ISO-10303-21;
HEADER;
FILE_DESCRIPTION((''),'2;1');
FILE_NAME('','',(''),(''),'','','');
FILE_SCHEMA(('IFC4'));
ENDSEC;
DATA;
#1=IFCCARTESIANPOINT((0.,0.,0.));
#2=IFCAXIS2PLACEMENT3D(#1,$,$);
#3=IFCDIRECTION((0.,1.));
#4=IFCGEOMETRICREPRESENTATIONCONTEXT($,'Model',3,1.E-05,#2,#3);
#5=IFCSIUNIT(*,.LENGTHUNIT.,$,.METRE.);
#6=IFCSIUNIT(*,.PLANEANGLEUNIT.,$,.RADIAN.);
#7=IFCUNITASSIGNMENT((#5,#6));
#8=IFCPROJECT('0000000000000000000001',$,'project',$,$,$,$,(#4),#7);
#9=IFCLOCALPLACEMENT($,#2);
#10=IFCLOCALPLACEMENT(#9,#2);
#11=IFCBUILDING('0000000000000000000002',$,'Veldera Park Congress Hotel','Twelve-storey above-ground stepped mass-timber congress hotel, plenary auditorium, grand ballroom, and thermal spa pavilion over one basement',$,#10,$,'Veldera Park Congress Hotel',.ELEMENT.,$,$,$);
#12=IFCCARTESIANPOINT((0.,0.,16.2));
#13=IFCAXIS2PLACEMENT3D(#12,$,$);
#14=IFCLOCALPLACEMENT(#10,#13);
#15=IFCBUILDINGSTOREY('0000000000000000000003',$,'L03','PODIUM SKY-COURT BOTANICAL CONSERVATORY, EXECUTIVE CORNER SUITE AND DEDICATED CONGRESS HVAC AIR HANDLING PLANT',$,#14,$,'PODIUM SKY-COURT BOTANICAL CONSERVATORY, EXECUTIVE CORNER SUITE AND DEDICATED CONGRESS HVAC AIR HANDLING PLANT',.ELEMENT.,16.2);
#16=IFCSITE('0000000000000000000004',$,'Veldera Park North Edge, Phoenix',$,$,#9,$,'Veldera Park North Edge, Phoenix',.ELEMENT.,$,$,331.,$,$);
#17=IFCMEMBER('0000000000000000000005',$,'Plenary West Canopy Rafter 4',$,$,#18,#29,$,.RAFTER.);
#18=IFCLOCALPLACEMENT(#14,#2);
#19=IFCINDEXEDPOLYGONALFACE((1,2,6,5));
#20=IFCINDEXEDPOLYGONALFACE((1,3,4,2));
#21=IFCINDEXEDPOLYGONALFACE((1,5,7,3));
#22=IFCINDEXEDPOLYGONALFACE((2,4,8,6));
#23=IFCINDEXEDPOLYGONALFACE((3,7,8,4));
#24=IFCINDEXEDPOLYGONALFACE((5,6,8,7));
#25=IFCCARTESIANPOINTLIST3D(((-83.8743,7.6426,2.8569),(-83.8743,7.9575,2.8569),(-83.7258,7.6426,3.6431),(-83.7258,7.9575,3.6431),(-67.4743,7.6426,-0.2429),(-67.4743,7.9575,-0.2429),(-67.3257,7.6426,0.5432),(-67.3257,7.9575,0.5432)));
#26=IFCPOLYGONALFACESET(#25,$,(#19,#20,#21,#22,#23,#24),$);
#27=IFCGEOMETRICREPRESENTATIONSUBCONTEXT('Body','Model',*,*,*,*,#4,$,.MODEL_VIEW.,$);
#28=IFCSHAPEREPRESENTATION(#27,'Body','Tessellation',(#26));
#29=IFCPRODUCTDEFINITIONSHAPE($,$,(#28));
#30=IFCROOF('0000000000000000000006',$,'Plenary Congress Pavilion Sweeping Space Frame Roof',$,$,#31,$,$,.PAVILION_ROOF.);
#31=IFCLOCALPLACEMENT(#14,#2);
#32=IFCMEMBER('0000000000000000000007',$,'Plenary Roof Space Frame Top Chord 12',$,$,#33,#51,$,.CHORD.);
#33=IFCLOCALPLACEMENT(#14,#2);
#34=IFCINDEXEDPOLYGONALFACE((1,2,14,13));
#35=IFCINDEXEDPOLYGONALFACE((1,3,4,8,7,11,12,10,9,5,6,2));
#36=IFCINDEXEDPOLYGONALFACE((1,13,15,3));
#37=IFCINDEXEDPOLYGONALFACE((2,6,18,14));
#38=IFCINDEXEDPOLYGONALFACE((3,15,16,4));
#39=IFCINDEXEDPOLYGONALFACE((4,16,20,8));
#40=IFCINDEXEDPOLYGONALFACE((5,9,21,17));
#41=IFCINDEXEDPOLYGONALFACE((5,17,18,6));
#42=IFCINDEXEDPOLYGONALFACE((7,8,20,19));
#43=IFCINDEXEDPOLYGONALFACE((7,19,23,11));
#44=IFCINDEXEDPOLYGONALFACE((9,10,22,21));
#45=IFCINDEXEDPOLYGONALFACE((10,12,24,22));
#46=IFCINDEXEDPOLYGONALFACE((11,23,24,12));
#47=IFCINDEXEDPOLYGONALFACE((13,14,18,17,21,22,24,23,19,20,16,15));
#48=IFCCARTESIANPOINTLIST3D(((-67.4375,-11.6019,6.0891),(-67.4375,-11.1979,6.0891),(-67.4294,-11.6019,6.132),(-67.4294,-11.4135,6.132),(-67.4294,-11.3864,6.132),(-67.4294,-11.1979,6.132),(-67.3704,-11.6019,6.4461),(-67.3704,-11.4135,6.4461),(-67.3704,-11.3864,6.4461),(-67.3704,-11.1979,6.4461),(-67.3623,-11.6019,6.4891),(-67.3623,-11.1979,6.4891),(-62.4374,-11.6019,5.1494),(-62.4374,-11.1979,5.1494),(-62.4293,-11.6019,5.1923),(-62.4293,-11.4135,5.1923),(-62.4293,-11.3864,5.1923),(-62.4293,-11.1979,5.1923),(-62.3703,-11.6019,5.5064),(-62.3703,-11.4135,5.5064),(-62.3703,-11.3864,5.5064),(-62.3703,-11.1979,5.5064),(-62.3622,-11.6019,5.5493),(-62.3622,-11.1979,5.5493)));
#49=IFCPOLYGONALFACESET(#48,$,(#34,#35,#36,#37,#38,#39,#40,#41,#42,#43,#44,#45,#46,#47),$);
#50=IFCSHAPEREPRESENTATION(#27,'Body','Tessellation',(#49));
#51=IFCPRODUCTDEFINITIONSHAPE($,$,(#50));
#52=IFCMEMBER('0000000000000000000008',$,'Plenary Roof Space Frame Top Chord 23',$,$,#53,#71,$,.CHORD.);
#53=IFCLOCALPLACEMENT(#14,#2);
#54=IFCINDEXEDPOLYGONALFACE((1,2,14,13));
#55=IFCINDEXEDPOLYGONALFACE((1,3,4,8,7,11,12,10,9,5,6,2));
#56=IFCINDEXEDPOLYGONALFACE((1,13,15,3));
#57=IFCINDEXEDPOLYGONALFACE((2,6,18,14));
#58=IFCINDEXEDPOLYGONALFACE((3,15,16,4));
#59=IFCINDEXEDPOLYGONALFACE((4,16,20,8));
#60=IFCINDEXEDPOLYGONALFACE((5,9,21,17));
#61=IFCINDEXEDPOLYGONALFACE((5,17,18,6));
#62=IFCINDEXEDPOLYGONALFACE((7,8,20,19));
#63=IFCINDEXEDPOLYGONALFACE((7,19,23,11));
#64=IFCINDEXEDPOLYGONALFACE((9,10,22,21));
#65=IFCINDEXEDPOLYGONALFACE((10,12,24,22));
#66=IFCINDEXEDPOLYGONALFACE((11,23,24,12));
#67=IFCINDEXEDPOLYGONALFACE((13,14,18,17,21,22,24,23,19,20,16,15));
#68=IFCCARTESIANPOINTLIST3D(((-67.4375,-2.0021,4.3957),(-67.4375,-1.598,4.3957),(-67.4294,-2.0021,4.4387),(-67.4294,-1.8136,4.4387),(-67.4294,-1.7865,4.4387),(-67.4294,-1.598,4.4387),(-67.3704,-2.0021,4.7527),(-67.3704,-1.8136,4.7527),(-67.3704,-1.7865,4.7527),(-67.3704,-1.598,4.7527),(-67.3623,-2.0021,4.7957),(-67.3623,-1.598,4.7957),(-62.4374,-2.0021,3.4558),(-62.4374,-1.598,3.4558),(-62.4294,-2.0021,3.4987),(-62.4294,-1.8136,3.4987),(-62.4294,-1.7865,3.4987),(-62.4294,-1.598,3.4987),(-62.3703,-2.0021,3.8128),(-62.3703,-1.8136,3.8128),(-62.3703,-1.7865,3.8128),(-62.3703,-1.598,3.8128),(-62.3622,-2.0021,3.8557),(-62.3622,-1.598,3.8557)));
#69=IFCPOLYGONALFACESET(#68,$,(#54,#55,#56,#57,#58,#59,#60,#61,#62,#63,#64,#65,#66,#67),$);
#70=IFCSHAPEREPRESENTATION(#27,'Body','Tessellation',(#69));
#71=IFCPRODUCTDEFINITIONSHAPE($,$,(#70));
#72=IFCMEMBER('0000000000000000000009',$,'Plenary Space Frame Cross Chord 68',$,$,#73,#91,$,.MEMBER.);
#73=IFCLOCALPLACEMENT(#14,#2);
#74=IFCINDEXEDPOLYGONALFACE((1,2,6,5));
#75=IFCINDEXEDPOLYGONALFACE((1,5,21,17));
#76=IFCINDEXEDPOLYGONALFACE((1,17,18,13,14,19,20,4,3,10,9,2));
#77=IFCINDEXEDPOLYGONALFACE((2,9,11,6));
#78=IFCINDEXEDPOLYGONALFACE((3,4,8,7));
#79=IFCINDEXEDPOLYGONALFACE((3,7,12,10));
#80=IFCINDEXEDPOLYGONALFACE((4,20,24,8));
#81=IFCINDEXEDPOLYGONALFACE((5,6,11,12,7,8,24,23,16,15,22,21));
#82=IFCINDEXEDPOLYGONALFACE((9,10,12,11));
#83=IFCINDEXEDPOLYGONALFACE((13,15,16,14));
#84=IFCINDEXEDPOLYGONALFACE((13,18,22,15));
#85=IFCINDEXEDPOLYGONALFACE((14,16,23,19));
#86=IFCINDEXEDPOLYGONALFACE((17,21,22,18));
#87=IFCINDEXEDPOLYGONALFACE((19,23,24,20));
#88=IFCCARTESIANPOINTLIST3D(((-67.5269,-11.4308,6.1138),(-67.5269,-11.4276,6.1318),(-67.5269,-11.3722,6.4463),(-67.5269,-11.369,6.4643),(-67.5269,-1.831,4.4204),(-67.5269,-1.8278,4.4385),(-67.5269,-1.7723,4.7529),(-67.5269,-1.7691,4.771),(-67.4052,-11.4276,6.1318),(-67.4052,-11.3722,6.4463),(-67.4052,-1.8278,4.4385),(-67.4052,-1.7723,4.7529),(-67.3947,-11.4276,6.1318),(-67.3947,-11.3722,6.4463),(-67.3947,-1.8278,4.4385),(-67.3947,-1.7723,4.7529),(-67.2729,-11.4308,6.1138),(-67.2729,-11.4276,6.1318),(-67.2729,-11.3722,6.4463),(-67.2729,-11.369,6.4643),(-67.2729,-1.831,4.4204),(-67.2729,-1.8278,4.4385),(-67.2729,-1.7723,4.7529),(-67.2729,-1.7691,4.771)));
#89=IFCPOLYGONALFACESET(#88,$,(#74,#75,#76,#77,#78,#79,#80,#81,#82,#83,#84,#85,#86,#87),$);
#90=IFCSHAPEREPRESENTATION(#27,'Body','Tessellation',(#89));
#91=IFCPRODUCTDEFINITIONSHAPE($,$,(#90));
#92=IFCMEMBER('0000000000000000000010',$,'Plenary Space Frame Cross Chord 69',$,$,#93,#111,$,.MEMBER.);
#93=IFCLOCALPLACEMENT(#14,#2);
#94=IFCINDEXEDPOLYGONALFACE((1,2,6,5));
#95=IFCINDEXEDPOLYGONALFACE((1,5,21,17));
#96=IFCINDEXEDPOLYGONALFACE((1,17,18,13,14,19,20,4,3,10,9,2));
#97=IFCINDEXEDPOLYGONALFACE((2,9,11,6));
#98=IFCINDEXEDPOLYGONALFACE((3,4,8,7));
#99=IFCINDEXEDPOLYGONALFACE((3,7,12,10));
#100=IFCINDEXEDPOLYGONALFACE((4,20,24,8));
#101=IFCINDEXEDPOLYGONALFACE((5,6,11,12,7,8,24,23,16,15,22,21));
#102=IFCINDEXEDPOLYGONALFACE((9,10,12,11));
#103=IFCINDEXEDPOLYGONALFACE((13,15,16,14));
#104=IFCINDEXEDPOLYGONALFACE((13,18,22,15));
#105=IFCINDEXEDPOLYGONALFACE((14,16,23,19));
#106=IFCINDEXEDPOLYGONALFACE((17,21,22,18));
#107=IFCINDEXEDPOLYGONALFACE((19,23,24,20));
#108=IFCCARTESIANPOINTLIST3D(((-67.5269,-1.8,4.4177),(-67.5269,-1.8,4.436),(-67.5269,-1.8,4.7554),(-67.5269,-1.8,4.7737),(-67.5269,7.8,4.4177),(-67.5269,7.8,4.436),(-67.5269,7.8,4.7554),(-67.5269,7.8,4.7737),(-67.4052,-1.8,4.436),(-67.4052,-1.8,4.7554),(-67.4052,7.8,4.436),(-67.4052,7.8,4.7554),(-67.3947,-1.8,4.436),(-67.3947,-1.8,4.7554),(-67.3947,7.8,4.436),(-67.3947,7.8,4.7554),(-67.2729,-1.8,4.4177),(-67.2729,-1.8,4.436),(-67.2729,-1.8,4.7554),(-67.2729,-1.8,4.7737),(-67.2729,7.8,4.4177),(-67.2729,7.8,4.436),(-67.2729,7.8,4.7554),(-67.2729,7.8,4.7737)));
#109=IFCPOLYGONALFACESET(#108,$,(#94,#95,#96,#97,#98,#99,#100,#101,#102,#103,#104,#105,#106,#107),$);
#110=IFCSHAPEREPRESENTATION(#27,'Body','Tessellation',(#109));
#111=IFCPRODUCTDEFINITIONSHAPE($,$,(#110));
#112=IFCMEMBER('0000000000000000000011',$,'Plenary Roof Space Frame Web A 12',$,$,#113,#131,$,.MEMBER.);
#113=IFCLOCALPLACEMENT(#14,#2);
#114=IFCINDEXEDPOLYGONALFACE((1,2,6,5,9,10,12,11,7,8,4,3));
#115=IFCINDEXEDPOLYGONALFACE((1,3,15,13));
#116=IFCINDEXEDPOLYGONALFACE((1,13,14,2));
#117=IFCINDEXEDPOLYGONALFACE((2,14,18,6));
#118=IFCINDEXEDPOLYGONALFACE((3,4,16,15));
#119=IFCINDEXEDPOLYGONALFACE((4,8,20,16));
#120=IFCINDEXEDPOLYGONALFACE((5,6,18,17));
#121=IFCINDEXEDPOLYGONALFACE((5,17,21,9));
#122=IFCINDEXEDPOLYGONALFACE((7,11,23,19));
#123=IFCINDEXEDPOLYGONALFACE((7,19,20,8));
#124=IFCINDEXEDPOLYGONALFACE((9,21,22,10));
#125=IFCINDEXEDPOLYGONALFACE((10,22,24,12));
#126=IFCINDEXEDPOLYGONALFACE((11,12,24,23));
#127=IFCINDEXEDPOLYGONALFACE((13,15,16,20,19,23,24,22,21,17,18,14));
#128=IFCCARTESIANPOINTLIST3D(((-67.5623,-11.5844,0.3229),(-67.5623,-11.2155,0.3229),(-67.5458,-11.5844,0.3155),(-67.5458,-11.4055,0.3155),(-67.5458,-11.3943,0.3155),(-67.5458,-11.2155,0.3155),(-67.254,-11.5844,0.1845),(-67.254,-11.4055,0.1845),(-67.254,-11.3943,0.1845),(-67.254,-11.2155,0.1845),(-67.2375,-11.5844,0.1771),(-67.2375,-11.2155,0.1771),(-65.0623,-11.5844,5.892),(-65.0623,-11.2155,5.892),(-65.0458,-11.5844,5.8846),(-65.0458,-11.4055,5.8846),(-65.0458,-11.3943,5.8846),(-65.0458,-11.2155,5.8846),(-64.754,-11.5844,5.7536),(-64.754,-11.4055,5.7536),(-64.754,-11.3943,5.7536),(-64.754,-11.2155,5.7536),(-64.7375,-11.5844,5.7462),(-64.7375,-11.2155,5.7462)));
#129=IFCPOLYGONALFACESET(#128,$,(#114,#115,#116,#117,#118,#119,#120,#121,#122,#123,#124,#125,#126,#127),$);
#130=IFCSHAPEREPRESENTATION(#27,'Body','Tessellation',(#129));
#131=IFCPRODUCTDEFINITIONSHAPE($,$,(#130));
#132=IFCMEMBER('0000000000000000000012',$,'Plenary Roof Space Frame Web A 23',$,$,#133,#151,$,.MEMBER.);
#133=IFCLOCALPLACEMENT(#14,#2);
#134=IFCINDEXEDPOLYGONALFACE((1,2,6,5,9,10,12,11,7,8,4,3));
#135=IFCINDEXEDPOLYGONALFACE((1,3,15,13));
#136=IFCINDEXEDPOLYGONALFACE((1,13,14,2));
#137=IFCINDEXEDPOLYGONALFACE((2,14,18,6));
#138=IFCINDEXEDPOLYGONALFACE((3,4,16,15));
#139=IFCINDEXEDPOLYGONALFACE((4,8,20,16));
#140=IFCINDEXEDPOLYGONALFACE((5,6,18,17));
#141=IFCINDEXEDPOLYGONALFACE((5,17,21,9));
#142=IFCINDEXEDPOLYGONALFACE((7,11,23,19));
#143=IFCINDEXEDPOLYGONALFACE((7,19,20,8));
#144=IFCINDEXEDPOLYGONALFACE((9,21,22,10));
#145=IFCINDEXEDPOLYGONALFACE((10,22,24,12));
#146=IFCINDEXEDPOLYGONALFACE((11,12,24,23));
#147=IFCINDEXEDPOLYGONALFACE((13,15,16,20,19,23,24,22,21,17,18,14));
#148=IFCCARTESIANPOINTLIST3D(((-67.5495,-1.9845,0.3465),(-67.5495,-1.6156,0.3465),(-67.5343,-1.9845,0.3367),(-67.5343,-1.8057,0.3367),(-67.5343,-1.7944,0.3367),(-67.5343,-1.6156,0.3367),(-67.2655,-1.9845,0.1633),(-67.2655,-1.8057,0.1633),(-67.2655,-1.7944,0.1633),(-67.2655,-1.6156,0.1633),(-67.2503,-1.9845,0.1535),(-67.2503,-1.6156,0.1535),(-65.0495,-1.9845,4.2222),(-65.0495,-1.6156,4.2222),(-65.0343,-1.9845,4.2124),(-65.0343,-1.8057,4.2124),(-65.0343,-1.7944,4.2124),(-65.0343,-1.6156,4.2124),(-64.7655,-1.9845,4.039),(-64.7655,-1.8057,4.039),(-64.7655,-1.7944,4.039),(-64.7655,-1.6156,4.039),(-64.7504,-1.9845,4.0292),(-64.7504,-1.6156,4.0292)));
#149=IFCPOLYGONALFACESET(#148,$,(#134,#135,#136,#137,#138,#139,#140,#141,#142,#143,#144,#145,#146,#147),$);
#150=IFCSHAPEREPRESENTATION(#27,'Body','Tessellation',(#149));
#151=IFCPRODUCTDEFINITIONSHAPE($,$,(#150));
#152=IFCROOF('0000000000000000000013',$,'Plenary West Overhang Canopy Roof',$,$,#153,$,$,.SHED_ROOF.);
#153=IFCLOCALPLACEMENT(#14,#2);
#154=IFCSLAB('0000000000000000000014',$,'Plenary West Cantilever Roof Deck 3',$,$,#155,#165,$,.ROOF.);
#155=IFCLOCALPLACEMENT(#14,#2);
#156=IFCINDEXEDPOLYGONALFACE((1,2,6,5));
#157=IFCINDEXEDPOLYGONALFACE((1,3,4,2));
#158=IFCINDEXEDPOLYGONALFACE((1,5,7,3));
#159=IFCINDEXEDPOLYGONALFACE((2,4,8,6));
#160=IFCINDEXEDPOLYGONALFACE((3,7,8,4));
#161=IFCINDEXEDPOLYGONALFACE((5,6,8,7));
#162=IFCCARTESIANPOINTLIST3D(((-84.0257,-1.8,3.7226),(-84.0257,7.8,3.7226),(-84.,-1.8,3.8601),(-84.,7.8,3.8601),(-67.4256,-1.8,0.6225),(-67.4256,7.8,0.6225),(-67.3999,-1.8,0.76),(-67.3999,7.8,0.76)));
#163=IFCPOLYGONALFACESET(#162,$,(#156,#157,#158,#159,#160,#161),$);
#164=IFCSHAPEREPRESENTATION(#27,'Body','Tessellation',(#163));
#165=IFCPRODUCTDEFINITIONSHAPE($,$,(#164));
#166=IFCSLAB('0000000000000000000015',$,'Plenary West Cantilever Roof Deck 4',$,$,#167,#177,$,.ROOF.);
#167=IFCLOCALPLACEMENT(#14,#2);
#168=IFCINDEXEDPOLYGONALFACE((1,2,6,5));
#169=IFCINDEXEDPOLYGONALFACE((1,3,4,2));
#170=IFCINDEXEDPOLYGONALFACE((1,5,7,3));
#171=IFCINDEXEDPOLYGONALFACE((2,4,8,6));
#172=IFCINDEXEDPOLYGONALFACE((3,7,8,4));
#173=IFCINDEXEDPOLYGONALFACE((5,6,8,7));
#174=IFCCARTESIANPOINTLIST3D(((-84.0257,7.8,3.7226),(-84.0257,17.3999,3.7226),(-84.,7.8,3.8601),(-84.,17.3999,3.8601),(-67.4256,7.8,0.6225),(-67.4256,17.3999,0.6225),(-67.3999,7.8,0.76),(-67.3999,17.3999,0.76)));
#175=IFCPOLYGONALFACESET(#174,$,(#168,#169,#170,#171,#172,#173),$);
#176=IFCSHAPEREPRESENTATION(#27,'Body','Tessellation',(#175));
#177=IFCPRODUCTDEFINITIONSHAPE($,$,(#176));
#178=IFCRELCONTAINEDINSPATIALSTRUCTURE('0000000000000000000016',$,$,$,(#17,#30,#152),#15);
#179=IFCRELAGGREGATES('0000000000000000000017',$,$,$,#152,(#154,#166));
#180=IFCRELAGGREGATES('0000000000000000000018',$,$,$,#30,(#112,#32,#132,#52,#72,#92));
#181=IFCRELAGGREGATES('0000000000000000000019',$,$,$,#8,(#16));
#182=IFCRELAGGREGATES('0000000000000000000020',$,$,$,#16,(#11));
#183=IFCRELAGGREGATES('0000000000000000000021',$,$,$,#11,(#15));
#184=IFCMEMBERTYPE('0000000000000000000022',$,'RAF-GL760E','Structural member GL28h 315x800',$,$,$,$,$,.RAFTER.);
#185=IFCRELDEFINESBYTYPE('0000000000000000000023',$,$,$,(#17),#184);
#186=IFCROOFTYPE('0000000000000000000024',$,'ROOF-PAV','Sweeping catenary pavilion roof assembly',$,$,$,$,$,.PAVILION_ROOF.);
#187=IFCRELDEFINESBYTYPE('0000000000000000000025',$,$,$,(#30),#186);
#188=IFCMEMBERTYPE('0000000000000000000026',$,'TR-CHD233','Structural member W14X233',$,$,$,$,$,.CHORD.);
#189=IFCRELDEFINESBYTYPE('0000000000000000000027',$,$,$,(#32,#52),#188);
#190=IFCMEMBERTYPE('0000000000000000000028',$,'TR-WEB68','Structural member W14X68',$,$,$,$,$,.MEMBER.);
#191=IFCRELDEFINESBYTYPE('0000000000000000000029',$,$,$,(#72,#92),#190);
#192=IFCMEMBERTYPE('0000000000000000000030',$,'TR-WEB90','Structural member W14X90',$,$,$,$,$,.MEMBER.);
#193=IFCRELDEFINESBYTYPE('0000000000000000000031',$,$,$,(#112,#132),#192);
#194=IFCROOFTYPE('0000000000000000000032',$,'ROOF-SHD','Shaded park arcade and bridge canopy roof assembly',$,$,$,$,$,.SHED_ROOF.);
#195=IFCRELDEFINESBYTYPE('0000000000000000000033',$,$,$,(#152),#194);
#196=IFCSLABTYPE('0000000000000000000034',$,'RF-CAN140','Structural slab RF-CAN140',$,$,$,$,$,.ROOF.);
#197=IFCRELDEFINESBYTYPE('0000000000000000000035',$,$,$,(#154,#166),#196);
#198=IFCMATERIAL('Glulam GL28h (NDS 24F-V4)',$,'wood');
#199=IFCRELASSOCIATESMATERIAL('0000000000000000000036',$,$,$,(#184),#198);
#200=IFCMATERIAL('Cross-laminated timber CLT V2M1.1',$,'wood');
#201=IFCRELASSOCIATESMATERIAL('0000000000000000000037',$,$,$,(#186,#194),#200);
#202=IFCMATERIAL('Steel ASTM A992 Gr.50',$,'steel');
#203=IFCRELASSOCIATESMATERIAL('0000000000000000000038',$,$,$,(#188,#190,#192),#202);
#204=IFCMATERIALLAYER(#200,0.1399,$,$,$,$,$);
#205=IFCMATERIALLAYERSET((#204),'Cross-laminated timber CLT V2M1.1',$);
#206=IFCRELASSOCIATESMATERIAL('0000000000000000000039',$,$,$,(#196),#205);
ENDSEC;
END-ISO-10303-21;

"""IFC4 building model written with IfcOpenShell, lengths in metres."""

from ifc_helpers import new_model, si_unit, direction, frame, origin, origin_2d, place, context, subcontext, project, spatial, polyline, rectangle, i_section, outline, extrude, material, layer, layer_set, material_profile, profile_set, type_object, element, aggregate, save


model = new_model("IFC4")

# Units and contexts
model_context = context("Model", 3, precision=1e-05, world=origin(), true_north=direction((0.0, 1.0)))
body_context = subcontext(model_context, "Body", "Model", "MODEL_VIEW")
ifc_project = project(units=[si_unit("LENGTHUNIT", "METRE"), si_unit("PLANEANGLEUNIT", "RADIAN")], contexts=[model_context])

# Site, building, storey
site_placement = place(None, origin())
site = spatial("IfcSite", under=ifc_project, at=site_placement, Name="Veldera Park North Edge, Phoenix", LongName="Veldera Park North Edge, Phoenix", CompositionType="ELEMENT", RefElevation=331.0)
building_placement = place(site_placement, origin())
building = spatial("IfcBuilding", under=site, at=building_placement, Name="Veldera Park Congress Hotel", Description="Twelve-storey above-ground stepped mass-timber congress hotel, plenary auditorium, grand ballroom, and thermal spa pavilion over one basement", LongName="Veldera Park Congress Hotel", CompositionType="ELEMENT")
storey_placement = place(building_placement, frame((0.0, 0.0, 16.2)))
storey = spatial("IfcBuildingStorey", under=building, at=storey_placement, Name="L03", Description="PODIUM SKY-COURT BOTANICAL CONSERVATORY, EXECUTIVE CORNER SUITE AND DEDICATED CONGRESS HVAC AIR HANDLING PLANT", LongName="PODIUM SKY-COURT BOTANICAL CONSERVATORY, EXECUTIVE CORNER SUITE AND DEDICATED CONGRESS HVAC AIR HANDLING PLANT", CompositionType="ELEMENT", Elevation=16.2)

# Shared definitions
ifc_material_1 = material(Name="Steel ASTM A992 Gr.50", Category="steel")

# Member
ifc_material_2 = material(Name="Glulam GL28h (NDS 24F-V4)", Category="wood")
ifc_material_profile_1 = material_profile(ifc_material_2, rectangle(XDim=0.3149, YDim=0.8, at=origin_2d()), Name="GL28h 315x800")
ifc_profile_set_1 = profile_set([ifc_material_profile_1], Name="Glulam GL28h (NDS 24F-V4)")
member_type_1 = type_object("IfcMemberType", Name="RAF-GL760E", Description="Structural member GL28h 315x800", PredefinedType="RAFTER", material=ifc_profile_set_1)
for number, where, z_axis, x_axis, name in (
    (1, (-83.8, 7.8, 3.25), (0.982602, 0.0, -0.185725), (0.0, 1.0, 0.0), "Plenary West Canopy Rafter 4"),
):
    element("IfcMember", number, at=place(storey_placement, frame(where, z_axis=z_axis, x_axis=x_axis)), inside=storey, type_object=member_type_1, Name=name, PredefinedType="RAFTER", context=body_context, shape_type="SweptSolid", body=[
        extrude(rectangle(XDim=0.3149, YDim=0.8, at=origin_2d()), origin(), (0.0, 0.0, 1.0), 16.6904),
    ])

# Roof, members
ifc_material_3 = material(Name="Cross-laminated timber CLT V2M1.1", Category="wood")
roof_type_1 = type_object("IfcRoofType", Name="ROOF-PAV", Description="Sweeping catenary pavilion roof assembly", PredefinedType="PAVILION_ROOF", material=ifc_material_3)
roof_1_placement = place(storey_placement, origin())
roof_1 = element("IfcRoof", 2, at=roof_1_placement, inside=storey, type_object=roof_type_1, Name="Plenary Congress Pavilion Sweeping Space Frame Roof", PredefinedType="PAVILION_ROOF")
ifc_material_profile_2 = material_profile(ifc_material_1, i_section(OverallWidth=0.4041, OverallDepth=0.407, WebThickness=0.0271, FlangeThickness=0.0437, at=origin_2d()), Name="W14X233")
ifc_profile_set_2 = profile_set([ifc_material_profile_2], Name="Steel ASTM A992 Gr.50")
member_type_2 = type_object("IfcMemberType", Name="TR-CHD233", Description="Structural member W14X233", PredefinedType="CHORD", material=ifc_profile_set_2)
member_1_placement = place(storey_placement, frame((-67.3999, -11.3999, 6.2891), z_axis=(0.982794, 0.0, -0.184706), x_axis=(0.0, 1.0, 0.0)))
member_1 = element("IfcMember", 3, at=member_1_placement, type_object=member_type_2, Name="Plenary Roof Space Frame Top Chord 12", PredefinedType="CHORD", context=body_context, shape_type="SweptSolid", body=[
    extrude(i_section(OverallWidth=0.4041, OverallDepth=0.407, WebThickness=0.0271, FlangeThickness=0.0437, at=origin_2d()), origin(), (0.0, 0.0, 1.0), 5.0876),
])
member_2_placement = place(storey_placement, frame((-67.3999, -1.8, 4.5957), z_axis=(0.982785, 0.0, -0.184752), x_axis=(0.0, 1.0, 0.0)))
member_2 = element("IfcMember", 4, at=member_2_placement, type_object=member_type_2, Name="Plenary Roof Space Frame Top Chord 23", PredefinedType="CHORD", context=body_context, shape_type="SweptSolid", body=[
    extrude(i_section(OverallWidth=0.4041, OverallDepth=0.407, WebThickness=0.0271, FlangeThickness=0.0437, at=origin_2d()), origin(), (0.0, 0.0, 1.0), 5.0876),
])
ifc_material_profile_3 = material_profile(ifc_material_1, i_section(OverallWidth=0.2539, OverallDepth=0.356, WebThickness=0.0105, FlangeThickness=0.0183, at=origin_2d()), Name="W14X68")
ifc_profile_set_3 = profile_set([ifc_material_profile_3], Name="Steel ASTM A992 Gr.50")
member_type_3 = type_object("IfcMemberType", Name="TR-WEB68", Description="Structural member W14X68", PredefinedType="MEMBER", material=ifc_profile_set_3)
member_3_placement = place(storey_placement, frame((-67.3999, -11.3999, 6.2891), z_axis=(0.0, 0.984796, -0.173712), x_axis=(-1.0, 0.0, 0.0)))
member_3 = element("IfcMember", 5, at=member_3_placement, type_object=member_type_3, Name="Plenary Space Frame Cross Chord 68", PredefinedType="MEMBER", context=body_context, shape_type="SweptSolid", body=[
    extrude(i_section(OverallWidth=0.2539, OverallDepth=0.356, WebThickness=0.0105, FlangeThickness=0.0183, at=origin_2d()), origin(), (0.0, 0.0, 1.0), 9.748),
])
member_4_placement = place(storey_placement, frame((-67.3999, -1.8, 4.5957), z_axis=(0.0, 1.0, 0.0), x_axis=(-1.0, 0.0, 0.0)))
member_4 = element("IfcMember", 6, at=member_4_placement, type_object=member_type_3, Name="Plenary Space Frame Cross Chord 69", PredefinedType="MEMBER", context=body_context, shape_type="SweptSolid", body=[
    extrude(i_section(OverallWidth=0.2539, OverallDepth=0.356, WebThickness=0.0105, FlangeThickness=0.0183, at=origin_2d()), origin(), (0.0, 0.0, 1.0), 9.6001),
])
ifc_material_profile_4 = material_profile(ifc_material_1, i_section(OverallWidth=0.3689, OverallDepth=0.356, WebThickness=0.0112, FlangeThickness=0.0181, at=origin_2d()), Name="W14X90")
ifc_profile_set_4 = profile_set([ifc_material_profile_4], Name="Steel ASTM A992 Gr.50")
member_type_4 = type_object("IfcMemberType", Name="TR-WEB90", Description="Structural member W14X90", PredefinedType="MEMBER", material=ifc_profile_set_4)
member_5_placement = place(storey_placement, frame((-67.3999, -11.3999, 0.25), z_axis=(0.409535, 0.0, 0.912295), x_axis=(0.0, 1.0, 0.0)))
member_5 = element("IfcMember", 7, at=member_5_placement, type_object=member_type_4, Name="Plenary Roof Space Frame Web A 12", PredefinedType="MEMBER", context=body_context, shape_type="SweptSolid", body=[
    extrude(i_section(OverallWidth=0.3689, OverallDepth=0.356, WebThickness=0.0112, FlangeThickness=0.0181, at=origin_2d()), origin(), (0.0, 0.0, 1.0), 6.1045),
])
member_6_placement = place(storey_placement, frame((-67.3999, -1.8, 0.25), z_axis=(0.542055, 0.0, 0.840343), x_axis=(0.0, 1.0, 0.0)))
member_6 = element("IfcMember", 8, at=member_6_placement, type_object=member_type_4, Name="Plenary Roof Space Frame Web A 23", PredefinedType="MEMBER", context=body_context, shape_type="SweptSolid", body=[
    extrude(i_section(OverallWidth=0.3689, OverallDepth=0.356, WebThickness=0.0112, FlangeThickness=0.0181, at=origin_2d()), origin(), (0.0, 0.0, 1.0), 4.6121),
])

# Roof, slabs
roof_type_2 = type_object("IfcRoofType", Name="ROOF-SHD", Description="Shaded park arcade and bridge canopy roof assembly", PredefinedType="SHED_ROOF", material=ifc_material_3)
roof_2_placement = place(storey_placement, origin())
roof_2 = element("IfcRoof", 9, at=roof_2_placement, inside=storey, type_object=roof_type_2, Name="Plenary West Overhang Canopy Roof", PredefinedType="SHED_ROOF")
ifc_layer_1 = layer(ifc_material_3, 0.1399)
ifc_layer_set_1 = layer_set([ifc_layer_1], Name="Cross-laminated timber CLT V2M1.1")
slab_type_1 = type_object("IfcSlabType", Name="RF-CAN140", Description="Structural slab RF-CAN140", PredefinedType="ROOF", material=ifc_layer_set_1)
slab_1_placement = place(storey_placement, frame((-84.0, -1.8, 3.8601), z_axis=(0.183578, 0.0, 0.983005), x_axis=(0.983005, 0.0, -0.183578)))
slab_1 = element("IfcSlab", 10, at=slab_1_placement, type_object=slab_type_1, Name="Plenary West Cantilever Roof Deck 3", PredefinedType="ROOF", context=body_context, shape_type="SweptSolid", body=[
    extrude(outline(polyline([(0.0, 0.0), (16.8871, 0.0), (16.8871, 9.6001), (0.0, 9.6001), (0.0, 0.0)])), origin(), (0.0, 0.0, -1.0), 0.1399),
])
slab_2_placement = place(storey_placement, frame((-84.0, 7.8, 3.8601), z_axis=(0.183578, 0.0, 0.983005), x_axis=(0.983005, 0.0, -0.183578)))
slab_2 = element("IfcSlab", 11, at=slab_2_placement, type_object=slab_type_1, Name="Plenary West Cantilever Roof Deck 4", PredefinedType="ROOF", context=body_context, shape_type="SweptSolid", body=[
    extrude(outline(polyline([(0.0, 0.0), (16.8871, 0.0), (16.8871, 9.5999), (0.0, 9.5999), (0.0, 0.0)])), origin(), (0.0, 0.0, -1.0), 0.1399),
])
aggregate(roof_2, [slab_1, slab_2])

aggregate(roof_1, [member_5, member_1, member_6, member_2, member_3, member_4])

save(model, "model.ifc")
